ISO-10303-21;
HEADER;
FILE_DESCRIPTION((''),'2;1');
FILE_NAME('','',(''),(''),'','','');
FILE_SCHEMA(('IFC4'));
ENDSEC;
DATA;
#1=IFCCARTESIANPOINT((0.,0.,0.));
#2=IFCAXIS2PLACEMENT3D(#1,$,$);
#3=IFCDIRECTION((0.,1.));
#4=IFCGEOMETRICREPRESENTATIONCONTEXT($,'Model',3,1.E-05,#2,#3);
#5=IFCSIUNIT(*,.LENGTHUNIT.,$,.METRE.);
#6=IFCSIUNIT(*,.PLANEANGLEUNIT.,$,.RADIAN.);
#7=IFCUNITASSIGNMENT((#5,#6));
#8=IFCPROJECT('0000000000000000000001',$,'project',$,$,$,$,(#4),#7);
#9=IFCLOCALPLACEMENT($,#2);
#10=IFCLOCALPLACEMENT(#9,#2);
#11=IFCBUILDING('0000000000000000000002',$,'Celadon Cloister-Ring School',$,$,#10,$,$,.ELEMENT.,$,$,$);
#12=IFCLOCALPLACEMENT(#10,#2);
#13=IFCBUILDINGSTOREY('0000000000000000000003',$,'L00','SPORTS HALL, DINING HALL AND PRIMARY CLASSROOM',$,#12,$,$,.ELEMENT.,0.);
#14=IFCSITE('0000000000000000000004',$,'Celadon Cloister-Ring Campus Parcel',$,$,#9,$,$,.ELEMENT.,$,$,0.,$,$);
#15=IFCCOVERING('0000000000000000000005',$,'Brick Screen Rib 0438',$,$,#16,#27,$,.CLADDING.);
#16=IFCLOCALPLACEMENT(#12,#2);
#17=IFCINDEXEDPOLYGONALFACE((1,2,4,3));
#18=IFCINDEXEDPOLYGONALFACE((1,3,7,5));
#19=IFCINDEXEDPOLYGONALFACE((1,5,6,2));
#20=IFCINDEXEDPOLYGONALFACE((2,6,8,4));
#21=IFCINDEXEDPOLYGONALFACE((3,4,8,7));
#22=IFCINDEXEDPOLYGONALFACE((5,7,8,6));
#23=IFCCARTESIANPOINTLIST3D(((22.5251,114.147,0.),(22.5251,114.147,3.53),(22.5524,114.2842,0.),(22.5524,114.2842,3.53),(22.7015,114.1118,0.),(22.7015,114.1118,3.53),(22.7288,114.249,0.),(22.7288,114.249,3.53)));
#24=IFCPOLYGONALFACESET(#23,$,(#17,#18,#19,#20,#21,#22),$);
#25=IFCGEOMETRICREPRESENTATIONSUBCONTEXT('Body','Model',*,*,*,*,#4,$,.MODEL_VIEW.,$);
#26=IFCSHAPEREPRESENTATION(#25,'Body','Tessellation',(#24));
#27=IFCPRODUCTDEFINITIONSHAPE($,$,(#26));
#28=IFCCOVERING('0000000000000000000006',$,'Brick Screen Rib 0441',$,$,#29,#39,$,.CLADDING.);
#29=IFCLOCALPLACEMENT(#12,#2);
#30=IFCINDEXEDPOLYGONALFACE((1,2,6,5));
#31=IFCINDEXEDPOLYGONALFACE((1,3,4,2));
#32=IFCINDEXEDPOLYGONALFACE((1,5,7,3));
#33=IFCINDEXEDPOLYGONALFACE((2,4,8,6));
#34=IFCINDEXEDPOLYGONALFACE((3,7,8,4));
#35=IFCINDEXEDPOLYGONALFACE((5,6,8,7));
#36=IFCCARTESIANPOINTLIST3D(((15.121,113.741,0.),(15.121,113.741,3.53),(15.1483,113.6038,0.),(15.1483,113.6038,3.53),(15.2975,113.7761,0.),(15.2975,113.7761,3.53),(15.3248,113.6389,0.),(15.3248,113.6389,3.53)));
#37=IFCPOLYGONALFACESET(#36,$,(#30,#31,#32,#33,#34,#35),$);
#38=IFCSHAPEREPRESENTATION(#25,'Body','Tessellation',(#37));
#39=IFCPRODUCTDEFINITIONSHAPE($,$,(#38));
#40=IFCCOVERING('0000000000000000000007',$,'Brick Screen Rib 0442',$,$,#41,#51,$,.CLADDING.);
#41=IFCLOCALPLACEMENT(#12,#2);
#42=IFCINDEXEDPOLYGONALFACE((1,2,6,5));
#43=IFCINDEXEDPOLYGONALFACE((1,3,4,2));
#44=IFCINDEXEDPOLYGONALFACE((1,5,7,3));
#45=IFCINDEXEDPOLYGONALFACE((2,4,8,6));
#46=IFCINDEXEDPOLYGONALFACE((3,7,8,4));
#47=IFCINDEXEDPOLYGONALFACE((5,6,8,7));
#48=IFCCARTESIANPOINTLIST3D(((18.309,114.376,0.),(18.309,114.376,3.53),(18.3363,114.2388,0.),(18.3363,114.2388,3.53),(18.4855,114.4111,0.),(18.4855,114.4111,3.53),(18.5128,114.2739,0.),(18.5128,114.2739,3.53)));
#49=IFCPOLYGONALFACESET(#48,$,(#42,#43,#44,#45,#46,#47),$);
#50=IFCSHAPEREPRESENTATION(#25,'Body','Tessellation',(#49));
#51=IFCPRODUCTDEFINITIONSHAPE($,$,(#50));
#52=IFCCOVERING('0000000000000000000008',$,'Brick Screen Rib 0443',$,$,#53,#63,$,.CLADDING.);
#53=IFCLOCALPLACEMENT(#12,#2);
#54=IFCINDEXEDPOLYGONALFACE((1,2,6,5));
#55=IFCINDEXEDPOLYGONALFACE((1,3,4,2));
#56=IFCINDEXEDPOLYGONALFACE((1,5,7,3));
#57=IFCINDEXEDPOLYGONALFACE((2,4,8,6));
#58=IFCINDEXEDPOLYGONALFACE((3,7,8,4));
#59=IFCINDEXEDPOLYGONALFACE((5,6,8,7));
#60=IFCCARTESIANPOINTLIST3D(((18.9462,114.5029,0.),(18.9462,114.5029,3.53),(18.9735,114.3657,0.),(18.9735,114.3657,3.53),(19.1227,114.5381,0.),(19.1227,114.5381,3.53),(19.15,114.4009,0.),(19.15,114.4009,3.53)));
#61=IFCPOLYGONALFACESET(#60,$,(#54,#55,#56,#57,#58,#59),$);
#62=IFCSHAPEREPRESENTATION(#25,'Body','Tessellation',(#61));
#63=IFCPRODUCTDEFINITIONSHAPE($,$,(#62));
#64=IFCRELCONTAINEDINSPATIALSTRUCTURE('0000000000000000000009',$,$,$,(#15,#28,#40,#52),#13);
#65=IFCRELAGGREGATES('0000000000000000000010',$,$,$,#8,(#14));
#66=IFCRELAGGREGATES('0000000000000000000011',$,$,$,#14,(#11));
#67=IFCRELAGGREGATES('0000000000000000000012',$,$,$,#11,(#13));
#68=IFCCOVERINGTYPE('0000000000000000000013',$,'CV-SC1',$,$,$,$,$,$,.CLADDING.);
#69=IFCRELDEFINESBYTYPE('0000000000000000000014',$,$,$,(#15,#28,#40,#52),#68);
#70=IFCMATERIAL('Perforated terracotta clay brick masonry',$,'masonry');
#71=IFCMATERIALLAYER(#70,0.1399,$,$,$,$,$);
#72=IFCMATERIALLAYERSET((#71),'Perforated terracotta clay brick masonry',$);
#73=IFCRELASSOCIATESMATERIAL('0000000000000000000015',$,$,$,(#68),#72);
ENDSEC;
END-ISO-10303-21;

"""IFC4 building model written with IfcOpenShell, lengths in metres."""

from ifc_helpers import new_model, si_unit, direction, frame, origin, origin_2d, place, context, subcontext, project, spatial, rectangle, extrude, material, layer, layer_set, type_object, element, save


model = new_model("IFC4")

# Units and contexts
model_context = context("Model", 3, precision=1e-05, world=origin(), true_north=direction((0.0, 1.0)))
body_context = subcontext(model_context, "Body", "Model", "MODEL_VIEW")
ifc_project = project(units=[si_unit("LENGTHUNIT", "METRE"), si_unit("PLANEANGLEUNIT", "RADIAN")], contexts=[model_context])

# Site, building, storey
site_placement = place(None, origin())
site = spatial("IfcSite", under=ifc_project, at=site_placement, Name="Celadon Cloister-Ring Campus Parcel", CompositionType="ELEMENT", RefElevation=0.0)
building_placement = place(site_placement, origin())
building = spatial("IfcBuilding", under=site, at=building_placement, Name="Celadon Cloister-Ring School", CompositionType="ELEMENT")
storey_placement = place(building_placement, origin())
storey = spatial("IfcBuildingStorey", under=building, at=storey_placement, Name="L00", Description="SPORTS HALL, DINING HALL AND PRIMARY CLASSROOM", CompositionType="ELEMENT", Elevation=0.0)

# Coverings
ifc_material_1 = material(Name="Perforated terracotta clay brick masonry", Category="masonry")
ifc_layer_1 = layer(ifc_material_1, 0.1399)
ifc_layer_set_1 = layer_set([ifc_layer_1], Name="Perforated terracotta clay brick masonry")
covering_type = type_object("IfcCoveringType", Name="CV-SC1", PredefinedType="CLADDING", material=ifc_layer_set_1)
for number, where, z_axis, x_axis, name in (
    (1, (22.627, 114.198, 0.0), (0.0, 0.0, 1.0), (0.980775, -0.195142, 0.0), "Brick Screen Rib 0438"),
    (2, (15.2229, 113.6899, 0.0), (0.0, 0.0, 1.0), (0.980775, 0.195142, 0.0), "Brick Screen Rib 0441"),
    (3, (18.4109, 114.325, 0.0), (0.0, 0.0, 1.0), (0.980775, 0.195142, 0.0), "Brick Screen Rib 0442"),
    (4, (19.0481, 114.4519, 0.0), (0.0, 0.0, 1.0), (0.980775, 0.195142, 0.0), "Brick Screen Rib 0443"),
):
    element("IfcCovering", number, at=place(storey_placement, frame(where, z_axis=z_axis, x_axis=x_axis)), inside=storey, type_object=covering_type, Name=name, PredefinedType="CLADDING", context=body_context, shape_type="SweptSolid", body=[
        extrude(rectangle(XDim=0.1799, YDim=0.1399, at=origin_2d()), origin(), (0.0, 0.0, 1.0), 3.53),
    ])

save(model, "model.ifc")
